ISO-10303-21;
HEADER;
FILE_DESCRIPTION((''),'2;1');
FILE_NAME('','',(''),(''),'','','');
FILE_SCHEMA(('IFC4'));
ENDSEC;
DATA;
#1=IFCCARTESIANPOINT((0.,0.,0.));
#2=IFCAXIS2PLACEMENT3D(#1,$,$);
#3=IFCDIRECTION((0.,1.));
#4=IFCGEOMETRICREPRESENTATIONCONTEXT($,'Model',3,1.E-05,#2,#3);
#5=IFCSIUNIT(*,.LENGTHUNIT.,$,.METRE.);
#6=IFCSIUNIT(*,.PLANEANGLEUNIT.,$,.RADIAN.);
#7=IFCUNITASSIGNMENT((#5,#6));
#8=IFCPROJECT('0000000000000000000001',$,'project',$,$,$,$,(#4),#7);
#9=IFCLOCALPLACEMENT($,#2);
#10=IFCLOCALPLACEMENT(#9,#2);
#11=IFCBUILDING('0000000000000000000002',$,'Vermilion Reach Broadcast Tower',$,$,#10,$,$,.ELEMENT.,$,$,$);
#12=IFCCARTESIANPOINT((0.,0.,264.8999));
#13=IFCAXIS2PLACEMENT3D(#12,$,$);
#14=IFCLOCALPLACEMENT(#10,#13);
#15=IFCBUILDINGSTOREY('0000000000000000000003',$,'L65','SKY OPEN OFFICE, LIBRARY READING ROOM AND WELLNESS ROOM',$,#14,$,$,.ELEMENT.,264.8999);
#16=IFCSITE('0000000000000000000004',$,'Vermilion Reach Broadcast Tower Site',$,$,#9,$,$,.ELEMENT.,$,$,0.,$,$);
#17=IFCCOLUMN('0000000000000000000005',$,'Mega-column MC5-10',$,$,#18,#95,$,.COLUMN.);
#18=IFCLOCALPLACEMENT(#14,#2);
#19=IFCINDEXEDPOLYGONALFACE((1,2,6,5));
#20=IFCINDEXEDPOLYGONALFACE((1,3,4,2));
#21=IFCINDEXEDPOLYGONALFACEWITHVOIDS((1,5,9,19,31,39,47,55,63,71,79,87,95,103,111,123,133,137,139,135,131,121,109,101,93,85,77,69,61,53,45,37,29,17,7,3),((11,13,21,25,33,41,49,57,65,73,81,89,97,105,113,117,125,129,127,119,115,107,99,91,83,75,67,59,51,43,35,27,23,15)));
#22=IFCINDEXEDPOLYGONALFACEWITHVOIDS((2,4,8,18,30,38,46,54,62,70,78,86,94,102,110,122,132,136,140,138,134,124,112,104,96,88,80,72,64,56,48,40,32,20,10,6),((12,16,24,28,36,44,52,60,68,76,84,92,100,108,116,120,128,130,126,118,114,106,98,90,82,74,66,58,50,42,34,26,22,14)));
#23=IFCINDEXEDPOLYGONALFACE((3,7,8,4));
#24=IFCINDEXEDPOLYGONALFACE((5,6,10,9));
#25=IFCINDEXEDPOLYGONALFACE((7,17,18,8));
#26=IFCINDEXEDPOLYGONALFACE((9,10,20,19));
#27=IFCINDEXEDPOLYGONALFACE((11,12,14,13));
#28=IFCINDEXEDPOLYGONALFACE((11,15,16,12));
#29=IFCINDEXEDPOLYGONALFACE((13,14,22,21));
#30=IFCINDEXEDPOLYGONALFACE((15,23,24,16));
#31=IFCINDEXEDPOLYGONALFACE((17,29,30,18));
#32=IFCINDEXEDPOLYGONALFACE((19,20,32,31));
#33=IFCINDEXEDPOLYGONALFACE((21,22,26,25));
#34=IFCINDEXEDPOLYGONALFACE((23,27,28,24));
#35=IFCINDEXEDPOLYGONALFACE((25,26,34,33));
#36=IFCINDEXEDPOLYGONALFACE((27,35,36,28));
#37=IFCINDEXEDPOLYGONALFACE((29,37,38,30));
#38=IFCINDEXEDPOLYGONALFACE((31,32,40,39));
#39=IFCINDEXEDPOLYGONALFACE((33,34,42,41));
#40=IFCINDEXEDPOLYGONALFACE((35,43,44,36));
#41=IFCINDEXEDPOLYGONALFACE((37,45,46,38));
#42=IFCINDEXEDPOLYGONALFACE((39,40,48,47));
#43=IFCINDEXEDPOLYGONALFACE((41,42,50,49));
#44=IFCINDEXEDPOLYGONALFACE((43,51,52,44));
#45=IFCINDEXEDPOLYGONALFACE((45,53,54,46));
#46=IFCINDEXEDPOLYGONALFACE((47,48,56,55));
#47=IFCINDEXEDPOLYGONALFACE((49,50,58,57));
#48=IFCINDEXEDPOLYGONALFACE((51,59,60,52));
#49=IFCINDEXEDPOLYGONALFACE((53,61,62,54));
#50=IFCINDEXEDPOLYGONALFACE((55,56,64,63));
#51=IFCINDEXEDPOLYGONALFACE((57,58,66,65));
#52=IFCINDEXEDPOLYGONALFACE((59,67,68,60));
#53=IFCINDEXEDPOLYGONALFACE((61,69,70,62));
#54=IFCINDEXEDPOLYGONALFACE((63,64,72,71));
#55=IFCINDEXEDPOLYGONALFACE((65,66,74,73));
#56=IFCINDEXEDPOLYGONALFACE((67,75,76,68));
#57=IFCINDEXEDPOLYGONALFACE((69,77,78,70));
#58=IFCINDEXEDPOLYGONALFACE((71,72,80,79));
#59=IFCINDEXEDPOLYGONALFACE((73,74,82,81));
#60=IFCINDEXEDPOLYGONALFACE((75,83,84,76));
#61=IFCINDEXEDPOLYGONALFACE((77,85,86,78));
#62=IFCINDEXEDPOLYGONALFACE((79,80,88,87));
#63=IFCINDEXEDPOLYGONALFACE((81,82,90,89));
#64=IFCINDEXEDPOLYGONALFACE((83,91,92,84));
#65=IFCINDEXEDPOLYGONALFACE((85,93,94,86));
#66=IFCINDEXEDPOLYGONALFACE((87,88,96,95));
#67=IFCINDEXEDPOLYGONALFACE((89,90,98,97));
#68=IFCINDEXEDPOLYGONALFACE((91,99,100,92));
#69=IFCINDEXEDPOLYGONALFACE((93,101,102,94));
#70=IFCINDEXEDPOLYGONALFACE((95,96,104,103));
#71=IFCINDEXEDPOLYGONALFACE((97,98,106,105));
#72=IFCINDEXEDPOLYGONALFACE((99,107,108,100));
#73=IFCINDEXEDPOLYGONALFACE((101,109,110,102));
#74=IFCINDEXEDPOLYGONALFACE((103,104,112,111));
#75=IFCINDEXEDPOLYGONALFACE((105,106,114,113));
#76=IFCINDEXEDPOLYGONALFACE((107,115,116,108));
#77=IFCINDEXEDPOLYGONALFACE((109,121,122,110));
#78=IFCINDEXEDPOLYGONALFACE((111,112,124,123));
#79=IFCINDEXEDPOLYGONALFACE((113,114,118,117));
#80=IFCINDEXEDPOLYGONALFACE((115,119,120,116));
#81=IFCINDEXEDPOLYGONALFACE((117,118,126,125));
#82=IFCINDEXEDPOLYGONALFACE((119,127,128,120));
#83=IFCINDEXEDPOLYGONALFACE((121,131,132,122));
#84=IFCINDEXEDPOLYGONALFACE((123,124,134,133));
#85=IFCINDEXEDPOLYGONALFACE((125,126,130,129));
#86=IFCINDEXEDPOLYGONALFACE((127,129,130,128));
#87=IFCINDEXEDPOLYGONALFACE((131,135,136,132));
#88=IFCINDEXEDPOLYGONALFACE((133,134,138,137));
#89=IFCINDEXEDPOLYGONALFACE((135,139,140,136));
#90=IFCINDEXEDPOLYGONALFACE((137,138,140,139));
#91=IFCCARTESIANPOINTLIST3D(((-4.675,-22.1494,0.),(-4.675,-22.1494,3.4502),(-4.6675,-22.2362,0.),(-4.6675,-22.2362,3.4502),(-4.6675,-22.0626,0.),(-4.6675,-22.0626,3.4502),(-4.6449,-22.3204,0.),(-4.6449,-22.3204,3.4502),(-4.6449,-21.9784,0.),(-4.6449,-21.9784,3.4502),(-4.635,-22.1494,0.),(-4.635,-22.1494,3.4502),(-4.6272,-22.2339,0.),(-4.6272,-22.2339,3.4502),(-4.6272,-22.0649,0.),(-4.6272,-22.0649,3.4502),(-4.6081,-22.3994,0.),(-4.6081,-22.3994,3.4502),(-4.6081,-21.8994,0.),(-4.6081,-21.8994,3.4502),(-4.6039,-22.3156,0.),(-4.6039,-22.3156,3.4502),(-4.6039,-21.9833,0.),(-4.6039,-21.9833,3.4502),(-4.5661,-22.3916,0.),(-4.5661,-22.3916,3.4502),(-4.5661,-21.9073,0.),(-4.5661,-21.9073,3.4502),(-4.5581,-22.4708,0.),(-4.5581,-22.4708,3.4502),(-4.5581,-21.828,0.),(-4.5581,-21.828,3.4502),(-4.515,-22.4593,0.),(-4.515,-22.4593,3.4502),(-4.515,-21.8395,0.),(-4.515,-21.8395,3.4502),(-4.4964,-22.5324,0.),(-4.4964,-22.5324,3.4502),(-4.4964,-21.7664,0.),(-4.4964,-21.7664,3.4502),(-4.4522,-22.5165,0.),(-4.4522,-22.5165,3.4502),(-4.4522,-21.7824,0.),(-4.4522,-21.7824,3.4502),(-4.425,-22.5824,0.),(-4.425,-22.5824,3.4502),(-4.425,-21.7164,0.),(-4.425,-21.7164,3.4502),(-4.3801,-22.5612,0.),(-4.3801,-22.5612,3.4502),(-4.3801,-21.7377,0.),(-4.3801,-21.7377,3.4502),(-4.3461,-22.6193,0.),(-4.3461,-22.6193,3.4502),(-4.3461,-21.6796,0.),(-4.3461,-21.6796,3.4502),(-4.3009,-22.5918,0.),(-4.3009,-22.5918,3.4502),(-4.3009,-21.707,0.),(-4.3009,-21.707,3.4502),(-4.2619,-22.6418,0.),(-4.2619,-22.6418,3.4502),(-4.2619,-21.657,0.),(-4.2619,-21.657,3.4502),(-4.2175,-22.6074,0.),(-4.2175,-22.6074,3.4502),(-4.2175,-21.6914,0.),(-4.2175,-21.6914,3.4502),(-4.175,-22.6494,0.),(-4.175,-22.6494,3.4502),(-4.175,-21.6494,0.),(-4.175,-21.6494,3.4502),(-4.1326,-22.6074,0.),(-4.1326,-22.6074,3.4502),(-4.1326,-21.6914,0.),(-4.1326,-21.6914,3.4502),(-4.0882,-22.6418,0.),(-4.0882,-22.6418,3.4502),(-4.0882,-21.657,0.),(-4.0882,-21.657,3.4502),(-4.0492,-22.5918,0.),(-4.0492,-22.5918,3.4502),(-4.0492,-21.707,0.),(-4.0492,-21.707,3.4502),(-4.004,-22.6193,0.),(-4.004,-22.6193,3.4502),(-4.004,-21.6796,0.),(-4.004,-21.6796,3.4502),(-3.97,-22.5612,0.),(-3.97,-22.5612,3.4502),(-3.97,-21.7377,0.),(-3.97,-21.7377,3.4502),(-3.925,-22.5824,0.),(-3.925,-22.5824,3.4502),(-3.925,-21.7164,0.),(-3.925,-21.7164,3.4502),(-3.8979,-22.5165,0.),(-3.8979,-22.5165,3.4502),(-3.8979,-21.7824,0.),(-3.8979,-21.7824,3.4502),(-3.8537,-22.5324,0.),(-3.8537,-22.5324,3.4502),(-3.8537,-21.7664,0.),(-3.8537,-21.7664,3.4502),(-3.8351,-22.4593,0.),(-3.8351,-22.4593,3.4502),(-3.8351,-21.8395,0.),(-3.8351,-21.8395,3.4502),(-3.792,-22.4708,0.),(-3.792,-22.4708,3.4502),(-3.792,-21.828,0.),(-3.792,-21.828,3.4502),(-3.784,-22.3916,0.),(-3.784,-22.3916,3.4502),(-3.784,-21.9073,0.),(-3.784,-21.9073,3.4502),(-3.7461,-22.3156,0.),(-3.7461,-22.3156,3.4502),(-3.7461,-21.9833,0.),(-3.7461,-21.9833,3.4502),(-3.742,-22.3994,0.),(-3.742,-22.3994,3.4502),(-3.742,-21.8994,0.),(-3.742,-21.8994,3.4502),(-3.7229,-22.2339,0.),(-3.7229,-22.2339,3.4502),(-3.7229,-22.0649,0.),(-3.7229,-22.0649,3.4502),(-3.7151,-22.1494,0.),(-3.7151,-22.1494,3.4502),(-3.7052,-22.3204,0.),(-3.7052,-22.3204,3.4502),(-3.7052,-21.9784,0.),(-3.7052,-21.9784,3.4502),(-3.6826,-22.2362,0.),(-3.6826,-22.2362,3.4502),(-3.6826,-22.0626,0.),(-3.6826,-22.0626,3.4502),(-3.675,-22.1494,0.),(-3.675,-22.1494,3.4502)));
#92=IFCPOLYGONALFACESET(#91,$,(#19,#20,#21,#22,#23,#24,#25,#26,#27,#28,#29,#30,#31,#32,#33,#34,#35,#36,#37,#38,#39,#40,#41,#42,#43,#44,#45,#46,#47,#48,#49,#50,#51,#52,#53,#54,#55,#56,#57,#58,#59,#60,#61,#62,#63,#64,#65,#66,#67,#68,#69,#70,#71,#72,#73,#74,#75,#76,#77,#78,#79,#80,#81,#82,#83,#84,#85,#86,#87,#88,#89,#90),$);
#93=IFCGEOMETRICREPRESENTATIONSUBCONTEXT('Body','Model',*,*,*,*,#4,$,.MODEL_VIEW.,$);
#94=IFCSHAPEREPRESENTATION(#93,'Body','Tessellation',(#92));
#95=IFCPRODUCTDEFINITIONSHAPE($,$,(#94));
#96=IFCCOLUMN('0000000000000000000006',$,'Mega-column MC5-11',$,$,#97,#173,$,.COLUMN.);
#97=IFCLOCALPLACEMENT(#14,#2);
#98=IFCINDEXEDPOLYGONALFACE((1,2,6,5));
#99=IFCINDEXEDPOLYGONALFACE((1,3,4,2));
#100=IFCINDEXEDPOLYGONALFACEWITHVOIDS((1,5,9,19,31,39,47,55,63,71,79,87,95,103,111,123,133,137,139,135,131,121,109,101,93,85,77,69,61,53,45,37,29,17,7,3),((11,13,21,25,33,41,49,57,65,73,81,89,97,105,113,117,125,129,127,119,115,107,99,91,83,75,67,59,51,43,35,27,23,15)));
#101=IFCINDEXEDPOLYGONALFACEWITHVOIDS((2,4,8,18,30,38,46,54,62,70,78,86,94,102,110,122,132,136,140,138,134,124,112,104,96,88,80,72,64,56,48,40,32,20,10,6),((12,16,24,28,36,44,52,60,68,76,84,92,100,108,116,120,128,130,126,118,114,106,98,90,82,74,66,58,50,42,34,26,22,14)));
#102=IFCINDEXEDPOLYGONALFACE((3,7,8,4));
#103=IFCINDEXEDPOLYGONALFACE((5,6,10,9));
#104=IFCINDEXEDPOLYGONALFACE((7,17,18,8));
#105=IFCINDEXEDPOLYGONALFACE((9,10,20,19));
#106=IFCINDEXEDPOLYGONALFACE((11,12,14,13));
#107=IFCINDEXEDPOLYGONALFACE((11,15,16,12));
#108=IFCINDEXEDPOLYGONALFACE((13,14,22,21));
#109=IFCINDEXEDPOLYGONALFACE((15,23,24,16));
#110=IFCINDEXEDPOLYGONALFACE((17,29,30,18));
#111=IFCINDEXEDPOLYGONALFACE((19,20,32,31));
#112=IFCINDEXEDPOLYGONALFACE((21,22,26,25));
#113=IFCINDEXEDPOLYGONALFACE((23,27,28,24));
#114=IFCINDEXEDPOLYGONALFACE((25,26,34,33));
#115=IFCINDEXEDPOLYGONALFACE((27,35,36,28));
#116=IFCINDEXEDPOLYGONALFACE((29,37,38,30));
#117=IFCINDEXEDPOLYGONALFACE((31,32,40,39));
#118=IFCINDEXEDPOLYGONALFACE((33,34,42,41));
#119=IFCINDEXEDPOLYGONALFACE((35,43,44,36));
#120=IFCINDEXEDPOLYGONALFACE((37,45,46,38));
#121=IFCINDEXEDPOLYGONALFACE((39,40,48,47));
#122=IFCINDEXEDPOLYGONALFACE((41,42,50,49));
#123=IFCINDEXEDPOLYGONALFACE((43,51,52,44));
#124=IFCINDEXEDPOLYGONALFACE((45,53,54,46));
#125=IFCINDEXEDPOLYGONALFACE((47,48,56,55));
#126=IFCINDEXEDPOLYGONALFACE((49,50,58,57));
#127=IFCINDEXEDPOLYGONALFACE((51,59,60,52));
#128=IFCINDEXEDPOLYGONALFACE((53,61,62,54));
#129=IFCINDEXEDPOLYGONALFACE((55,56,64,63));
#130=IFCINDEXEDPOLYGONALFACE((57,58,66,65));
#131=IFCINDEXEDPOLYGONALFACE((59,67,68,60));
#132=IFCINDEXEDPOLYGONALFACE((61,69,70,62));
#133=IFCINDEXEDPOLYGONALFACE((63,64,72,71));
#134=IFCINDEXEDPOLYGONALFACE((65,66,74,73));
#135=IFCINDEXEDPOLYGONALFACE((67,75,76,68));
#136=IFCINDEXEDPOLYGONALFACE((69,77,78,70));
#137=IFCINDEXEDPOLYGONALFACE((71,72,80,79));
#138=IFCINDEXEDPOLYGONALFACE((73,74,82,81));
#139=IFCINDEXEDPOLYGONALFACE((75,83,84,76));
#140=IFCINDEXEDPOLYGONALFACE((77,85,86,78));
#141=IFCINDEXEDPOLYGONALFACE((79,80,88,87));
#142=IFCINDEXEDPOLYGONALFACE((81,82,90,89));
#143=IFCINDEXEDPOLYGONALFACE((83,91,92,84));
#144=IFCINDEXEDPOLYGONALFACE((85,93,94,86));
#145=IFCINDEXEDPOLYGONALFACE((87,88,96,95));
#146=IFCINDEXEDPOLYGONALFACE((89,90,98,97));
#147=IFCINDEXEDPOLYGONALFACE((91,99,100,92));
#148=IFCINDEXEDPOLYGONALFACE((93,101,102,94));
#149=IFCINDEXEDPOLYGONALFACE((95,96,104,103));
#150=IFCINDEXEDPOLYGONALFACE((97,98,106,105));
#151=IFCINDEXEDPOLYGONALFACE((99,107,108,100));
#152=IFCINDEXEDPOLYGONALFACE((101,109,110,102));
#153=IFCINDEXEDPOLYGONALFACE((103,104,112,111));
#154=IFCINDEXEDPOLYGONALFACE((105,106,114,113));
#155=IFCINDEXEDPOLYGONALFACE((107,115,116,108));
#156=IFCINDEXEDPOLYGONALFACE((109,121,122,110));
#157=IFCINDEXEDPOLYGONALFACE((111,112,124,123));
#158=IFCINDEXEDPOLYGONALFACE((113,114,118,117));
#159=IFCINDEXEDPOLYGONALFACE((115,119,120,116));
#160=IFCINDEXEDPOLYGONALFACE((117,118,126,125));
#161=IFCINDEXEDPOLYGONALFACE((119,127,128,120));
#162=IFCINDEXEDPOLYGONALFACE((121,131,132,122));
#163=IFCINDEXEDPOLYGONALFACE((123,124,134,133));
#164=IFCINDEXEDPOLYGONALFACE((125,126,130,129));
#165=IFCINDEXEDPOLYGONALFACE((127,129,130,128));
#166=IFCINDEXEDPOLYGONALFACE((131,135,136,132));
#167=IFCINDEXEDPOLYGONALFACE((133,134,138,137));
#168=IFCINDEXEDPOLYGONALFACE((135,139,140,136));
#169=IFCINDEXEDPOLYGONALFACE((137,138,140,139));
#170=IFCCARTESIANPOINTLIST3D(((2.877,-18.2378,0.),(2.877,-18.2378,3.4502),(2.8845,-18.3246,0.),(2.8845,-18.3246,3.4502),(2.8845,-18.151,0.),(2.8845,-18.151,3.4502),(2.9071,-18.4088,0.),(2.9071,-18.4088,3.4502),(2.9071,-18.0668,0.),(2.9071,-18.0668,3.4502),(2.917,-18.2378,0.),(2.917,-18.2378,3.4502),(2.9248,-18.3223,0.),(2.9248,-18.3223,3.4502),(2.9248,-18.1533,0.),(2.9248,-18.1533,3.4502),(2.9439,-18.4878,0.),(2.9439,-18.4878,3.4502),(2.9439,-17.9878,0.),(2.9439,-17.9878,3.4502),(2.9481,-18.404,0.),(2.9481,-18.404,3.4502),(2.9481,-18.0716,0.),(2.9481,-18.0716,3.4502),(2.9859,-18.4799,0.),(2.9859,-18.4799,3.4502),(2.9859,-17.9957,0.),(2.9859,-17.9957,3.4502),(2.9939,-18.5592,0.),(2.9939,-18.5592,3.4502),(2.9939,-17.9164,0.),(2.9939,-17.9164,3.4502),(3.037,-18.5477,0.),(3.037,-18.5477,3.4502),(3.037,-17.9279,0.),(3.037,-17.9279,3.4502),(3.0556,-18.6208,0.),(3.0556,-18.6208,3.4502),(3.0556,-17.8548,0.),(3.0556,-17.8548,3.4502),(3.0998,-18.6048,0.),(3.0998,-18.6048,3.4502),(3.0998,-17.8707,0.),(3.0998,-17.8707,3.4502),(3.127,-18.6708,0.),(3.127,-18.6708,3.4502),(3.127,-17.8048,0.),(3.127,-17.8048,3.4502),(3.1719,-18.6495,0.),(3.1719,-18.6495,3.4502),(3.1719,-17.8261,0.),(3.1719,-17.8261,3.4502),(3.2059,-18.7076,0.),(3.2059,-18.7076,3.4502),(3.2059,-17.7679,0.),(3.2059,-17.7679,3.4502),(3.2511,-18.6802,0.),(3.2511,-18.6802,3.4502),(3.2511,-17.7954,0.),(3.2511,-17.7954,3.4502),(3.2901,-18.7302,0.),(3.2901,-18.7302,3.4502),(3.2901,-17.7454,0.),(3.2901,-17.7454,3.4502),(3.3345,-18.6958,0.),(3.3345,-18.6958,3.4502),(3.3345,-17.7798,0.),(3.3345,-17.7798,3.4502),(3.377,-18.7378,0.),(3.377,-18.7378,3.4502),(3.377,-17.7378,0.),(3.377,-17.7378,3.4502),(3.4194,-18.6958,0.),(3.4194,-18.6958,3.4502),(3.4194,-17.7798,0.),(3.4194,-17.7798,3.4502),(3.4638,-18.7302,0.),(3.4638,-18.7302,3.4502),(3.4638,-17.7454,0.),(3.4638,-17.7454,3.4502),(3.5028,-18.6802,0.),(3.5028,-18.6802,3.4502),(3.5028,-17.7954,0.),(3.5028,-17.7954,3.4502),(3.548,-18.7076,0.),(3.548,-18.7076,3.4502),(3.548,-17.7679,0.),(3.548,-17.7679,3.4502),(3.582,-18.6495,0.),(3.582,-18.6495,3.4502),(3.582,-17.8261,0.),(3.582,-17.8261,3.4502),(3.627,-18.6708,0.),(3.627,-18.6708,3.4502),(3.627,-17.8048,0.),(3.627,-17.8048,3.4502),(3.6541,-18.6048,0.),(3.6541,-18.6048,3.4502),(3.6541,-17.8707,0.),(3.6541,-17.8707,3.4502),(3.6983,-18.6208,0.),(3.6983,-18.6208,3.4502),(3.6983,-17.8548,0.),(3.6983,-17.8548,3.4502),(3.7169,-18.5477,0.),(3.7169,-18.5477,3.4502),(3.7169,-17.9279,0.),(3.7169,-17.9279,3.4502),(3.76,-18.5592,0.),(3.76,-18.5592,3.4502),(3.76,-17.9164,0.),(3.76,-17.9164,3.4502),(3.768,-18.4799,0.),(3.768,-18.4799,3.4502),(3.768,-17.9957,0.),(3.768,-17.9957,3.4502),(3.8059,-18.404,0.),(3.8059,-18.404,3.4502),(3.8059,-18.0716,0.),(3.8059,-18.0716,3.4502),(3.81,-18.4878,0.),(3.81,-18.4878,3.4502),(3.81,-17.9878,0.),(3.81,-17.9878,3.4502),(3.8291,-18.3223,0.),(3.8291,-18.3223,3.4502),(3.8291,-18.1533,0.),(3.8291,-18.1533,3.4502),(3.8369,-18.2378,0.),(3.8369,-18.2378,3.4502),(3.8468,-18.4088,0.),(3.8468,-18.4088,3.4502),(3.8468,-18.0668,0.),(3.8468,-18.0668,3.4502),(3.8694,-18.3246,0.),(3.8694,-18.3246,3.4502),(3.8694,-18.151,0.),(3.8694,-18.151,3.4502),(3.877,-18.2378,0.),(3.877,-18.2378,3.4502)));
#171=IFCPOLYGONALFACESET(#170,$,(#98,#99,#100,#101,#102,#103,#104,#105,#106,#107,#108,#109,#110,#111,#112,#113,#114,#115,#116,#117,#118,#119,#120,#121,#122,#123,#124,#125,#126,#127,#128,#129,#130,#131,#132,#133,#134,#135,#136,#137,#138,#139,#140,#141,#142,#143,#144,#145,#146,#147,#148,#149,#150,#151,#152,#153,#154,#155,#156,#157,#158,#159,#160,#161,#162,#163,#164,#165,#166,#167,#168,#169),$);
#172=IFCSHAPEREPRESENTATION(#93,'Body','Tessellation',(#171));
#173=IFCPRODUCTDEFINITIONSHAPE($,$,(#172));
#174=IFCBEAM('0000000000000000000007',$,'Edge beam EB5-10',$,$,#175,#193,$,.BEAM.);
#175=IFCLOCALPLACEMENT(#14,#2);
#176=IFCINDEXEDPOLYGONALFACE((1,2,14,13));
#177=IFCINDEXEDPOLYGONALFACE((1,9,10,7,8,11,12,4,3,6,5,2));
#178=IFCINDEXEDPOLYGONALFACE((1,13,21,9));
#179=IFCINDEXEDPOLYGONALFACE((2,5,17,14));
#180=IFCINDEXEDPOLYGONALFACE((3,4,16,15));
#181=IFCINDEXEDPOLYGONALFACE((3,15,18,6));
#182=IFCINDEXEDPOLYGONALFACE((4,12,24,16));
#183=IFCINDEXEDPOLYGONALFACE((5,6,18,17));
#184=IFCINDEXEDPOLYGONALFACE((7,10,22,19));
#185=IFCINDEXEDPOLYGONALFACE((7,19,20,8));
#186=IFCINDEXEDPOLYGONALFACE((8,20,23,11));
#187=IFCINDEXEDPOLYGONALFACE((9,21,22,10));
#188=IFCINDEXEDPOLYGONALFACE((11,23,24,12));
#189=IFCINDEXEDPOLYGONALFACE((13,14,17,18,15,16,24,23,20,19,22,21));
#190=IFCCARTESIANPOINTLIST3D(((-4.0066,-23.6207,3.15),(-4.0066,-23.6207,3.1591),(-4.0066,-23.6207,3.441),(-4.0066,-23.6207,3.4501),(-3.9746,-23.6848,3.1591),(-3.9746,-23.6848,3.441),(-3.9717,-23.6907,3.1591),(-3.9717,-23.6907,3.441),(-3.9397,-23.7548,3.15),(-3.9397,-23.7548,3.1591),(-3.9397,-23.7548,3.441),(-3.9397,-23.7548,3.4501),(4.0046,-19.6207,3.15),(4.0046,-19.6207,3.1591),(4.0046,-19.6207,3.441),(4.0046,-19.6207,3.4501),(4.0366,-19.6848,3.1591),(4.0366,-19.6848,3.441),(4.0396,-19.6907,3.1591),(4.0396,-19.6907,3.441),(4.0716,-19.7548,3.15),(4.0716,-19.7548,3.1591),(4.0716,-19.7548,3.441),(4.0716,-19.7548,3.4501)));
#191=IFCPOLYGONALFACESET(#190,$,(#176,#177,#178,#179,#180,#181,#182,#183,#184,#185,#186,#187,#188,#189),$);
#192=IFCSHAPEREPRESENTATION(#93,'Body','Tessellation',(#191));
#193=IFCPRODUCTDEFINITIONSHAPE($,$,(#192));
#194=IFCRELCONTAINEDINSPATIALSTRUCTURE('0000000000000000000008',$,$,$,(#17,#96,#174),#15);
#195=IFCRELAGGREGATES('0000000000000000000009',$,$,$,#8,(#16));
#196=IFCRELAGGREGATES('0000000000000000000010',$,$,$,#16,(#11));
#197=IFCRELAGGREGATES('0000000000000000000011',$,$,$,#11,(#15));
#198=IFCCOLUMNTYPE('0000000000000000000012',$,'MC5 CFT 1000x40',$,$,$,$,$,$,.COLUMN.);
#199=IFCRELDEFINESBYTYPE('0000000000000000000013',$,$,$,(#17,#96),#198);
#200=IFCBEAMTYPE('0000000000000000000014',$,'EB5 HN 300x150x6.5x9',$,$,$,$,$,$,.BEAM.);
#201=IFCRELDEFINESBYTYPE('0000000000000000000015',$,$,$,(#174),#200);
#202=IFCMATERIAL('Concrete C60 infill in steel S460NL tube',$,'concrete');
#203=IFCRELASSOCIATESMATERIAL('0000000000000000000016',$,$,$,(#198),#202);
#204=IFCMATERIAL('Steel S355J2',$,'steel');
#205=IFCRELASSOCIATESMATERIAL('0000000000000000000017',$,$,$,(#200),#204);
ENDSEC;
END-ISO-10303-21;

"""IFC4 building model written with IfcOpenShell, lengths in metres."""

from ifc_helpers import new_model, si_unit, direction, frame, origin, origin_2d, place, context, subcontext, project, spatial, hollow_circle, i_section, extrude, material, material_profile, profile_set, type_object, element, save


model = new_model("IFC4")

# Units and contexts
model_context = context("Model", 3, precision=1e-05, world=origin(), true_north=direction((0.0, 1.0)))
body_context = subcontext(model_context, "Body", "Model", "MODEL_VIEW")
ifc_project = project(units=[si_unit("LENGTHUNIT", "METRE"), si_unit("PLANEANGLEUNIT", "RADIAN")], contexts=[model_context])

# Site, building, storey
site_placement = place(None, origin())
site = spatial("IfcSite", under=ifc_project, at=site_placement, Name="Vermilion Reach Broadcast Tower Site", CompositionType="ELEMENT", RefElevation=0.0)
building_placement = place(site_placement, origin())
building = spatial("IfcBuilding", under=site, at=building_placement, Name="Vermilion Reach Broadcast Tower", CompositionType="ELEMENT")
storey_placement = place(building_placement, frame((0.0, 0.0, 264.8999)))
storey = spatial("IfcBuildingStorey", under=building, at=storey_placement, Name="L65", Description="SKY OPEN OFFICE, LIBRARY READING ROOM AND WELLNESS ROOM", CompositionType="ELEMENT", Elevation=264.8999)

# Columns
ifc_material_1 = material(Name="Concrete C60 infill in steel S460NL tube", Category="concrete")
ifc_material_profile_1 = material_profile(ifc_material_1, hollow_circle(Radius=0.5, WallThickness=0.04, at=origin_2d()), Name="Concrete C60 infill in steel S460NL tube CFT 1000x40")
ifc_profile_set_1 = profile_set([ifc_material_profile_1], Name="Concrete C60 infill in steel S460NL tube")
column_type = type_object("IfcColumnType", Name="MC5 CFT 1000x40", PredefinedType="COLUMN", material=ifc_profile_set_1)
for number, where, z_axis, x_axis, name in (
    (1, (-4.175, -22.1494, 0.0), (0.0, 0.0, 1.0), (1.0, 0.0, 0.0), "Mega-column MC5-10"),
    (2, (3.377, -18.2378, 0.0), (0.0, 0.0, 1.0), (1.0, 0.0, 0.0), "Mega-column MC5-11"),
):
    element("IfcColumn", number, at=place(storey_placement, frame(where, z_axis=z_axis, x_axis=x_axis)), inside=storey, type_object=column_type, Name=name, PredefinedType="COLUMN", context=body_context, shape_type="SweptSolid", body=[
        extrude(hollow_circle(Radius=0.5, WallThickness=0.04, at=origin_2d()), origin(), (0.0, 0.0, 1.0), 3.4502),
    ])

# Beam
ifc_material_2 = material(Name="Steel S355J2", Category="steel")
ifc_material_profile_2 = material_profile(ifc_material_2, i_section(OverallWidth=0.1499, OverallDepth=0.3, WebThickness=0.0066, FlangeThickness=0.009, at=origin_2d()), Name="S355J2 HN 300x150x6.5x9")
ifc_profile_set_2 = profile_set([ifc_material_profile_2], Name="Steel S355J2")
beam_type_1 = type_object("IfcBeamType", Name="EB5 HN 300x150x6.5x9", PredefinedType="BEAM", material=ifc_profile_set_2)
beam_1_placement = place(storey_placement, frame((-3.9731, -23.6877, 3.3), z_axis=(0.894678, 0.446712, 0.0), x_axis=(-0.446712, 0.894678, 0.0)))
element("IfcBeam", 3, at=beam_1_placement, inside=storey, type_object=beam_type_1, Name="Edge beam EB5-10", PredefinedType="BEAM", context=body_context, shape_type="SweptSolid", body=[
    extrude(i_section(OverallWidth=0.1499, OverallDepth=0.3, WebThickness=0.0066, FlangeThickness=0.009, at=origin_2d()), origin(), (0.0, 0.0, 1.0), 8.9543),
])

save(model, "model.ifc")
